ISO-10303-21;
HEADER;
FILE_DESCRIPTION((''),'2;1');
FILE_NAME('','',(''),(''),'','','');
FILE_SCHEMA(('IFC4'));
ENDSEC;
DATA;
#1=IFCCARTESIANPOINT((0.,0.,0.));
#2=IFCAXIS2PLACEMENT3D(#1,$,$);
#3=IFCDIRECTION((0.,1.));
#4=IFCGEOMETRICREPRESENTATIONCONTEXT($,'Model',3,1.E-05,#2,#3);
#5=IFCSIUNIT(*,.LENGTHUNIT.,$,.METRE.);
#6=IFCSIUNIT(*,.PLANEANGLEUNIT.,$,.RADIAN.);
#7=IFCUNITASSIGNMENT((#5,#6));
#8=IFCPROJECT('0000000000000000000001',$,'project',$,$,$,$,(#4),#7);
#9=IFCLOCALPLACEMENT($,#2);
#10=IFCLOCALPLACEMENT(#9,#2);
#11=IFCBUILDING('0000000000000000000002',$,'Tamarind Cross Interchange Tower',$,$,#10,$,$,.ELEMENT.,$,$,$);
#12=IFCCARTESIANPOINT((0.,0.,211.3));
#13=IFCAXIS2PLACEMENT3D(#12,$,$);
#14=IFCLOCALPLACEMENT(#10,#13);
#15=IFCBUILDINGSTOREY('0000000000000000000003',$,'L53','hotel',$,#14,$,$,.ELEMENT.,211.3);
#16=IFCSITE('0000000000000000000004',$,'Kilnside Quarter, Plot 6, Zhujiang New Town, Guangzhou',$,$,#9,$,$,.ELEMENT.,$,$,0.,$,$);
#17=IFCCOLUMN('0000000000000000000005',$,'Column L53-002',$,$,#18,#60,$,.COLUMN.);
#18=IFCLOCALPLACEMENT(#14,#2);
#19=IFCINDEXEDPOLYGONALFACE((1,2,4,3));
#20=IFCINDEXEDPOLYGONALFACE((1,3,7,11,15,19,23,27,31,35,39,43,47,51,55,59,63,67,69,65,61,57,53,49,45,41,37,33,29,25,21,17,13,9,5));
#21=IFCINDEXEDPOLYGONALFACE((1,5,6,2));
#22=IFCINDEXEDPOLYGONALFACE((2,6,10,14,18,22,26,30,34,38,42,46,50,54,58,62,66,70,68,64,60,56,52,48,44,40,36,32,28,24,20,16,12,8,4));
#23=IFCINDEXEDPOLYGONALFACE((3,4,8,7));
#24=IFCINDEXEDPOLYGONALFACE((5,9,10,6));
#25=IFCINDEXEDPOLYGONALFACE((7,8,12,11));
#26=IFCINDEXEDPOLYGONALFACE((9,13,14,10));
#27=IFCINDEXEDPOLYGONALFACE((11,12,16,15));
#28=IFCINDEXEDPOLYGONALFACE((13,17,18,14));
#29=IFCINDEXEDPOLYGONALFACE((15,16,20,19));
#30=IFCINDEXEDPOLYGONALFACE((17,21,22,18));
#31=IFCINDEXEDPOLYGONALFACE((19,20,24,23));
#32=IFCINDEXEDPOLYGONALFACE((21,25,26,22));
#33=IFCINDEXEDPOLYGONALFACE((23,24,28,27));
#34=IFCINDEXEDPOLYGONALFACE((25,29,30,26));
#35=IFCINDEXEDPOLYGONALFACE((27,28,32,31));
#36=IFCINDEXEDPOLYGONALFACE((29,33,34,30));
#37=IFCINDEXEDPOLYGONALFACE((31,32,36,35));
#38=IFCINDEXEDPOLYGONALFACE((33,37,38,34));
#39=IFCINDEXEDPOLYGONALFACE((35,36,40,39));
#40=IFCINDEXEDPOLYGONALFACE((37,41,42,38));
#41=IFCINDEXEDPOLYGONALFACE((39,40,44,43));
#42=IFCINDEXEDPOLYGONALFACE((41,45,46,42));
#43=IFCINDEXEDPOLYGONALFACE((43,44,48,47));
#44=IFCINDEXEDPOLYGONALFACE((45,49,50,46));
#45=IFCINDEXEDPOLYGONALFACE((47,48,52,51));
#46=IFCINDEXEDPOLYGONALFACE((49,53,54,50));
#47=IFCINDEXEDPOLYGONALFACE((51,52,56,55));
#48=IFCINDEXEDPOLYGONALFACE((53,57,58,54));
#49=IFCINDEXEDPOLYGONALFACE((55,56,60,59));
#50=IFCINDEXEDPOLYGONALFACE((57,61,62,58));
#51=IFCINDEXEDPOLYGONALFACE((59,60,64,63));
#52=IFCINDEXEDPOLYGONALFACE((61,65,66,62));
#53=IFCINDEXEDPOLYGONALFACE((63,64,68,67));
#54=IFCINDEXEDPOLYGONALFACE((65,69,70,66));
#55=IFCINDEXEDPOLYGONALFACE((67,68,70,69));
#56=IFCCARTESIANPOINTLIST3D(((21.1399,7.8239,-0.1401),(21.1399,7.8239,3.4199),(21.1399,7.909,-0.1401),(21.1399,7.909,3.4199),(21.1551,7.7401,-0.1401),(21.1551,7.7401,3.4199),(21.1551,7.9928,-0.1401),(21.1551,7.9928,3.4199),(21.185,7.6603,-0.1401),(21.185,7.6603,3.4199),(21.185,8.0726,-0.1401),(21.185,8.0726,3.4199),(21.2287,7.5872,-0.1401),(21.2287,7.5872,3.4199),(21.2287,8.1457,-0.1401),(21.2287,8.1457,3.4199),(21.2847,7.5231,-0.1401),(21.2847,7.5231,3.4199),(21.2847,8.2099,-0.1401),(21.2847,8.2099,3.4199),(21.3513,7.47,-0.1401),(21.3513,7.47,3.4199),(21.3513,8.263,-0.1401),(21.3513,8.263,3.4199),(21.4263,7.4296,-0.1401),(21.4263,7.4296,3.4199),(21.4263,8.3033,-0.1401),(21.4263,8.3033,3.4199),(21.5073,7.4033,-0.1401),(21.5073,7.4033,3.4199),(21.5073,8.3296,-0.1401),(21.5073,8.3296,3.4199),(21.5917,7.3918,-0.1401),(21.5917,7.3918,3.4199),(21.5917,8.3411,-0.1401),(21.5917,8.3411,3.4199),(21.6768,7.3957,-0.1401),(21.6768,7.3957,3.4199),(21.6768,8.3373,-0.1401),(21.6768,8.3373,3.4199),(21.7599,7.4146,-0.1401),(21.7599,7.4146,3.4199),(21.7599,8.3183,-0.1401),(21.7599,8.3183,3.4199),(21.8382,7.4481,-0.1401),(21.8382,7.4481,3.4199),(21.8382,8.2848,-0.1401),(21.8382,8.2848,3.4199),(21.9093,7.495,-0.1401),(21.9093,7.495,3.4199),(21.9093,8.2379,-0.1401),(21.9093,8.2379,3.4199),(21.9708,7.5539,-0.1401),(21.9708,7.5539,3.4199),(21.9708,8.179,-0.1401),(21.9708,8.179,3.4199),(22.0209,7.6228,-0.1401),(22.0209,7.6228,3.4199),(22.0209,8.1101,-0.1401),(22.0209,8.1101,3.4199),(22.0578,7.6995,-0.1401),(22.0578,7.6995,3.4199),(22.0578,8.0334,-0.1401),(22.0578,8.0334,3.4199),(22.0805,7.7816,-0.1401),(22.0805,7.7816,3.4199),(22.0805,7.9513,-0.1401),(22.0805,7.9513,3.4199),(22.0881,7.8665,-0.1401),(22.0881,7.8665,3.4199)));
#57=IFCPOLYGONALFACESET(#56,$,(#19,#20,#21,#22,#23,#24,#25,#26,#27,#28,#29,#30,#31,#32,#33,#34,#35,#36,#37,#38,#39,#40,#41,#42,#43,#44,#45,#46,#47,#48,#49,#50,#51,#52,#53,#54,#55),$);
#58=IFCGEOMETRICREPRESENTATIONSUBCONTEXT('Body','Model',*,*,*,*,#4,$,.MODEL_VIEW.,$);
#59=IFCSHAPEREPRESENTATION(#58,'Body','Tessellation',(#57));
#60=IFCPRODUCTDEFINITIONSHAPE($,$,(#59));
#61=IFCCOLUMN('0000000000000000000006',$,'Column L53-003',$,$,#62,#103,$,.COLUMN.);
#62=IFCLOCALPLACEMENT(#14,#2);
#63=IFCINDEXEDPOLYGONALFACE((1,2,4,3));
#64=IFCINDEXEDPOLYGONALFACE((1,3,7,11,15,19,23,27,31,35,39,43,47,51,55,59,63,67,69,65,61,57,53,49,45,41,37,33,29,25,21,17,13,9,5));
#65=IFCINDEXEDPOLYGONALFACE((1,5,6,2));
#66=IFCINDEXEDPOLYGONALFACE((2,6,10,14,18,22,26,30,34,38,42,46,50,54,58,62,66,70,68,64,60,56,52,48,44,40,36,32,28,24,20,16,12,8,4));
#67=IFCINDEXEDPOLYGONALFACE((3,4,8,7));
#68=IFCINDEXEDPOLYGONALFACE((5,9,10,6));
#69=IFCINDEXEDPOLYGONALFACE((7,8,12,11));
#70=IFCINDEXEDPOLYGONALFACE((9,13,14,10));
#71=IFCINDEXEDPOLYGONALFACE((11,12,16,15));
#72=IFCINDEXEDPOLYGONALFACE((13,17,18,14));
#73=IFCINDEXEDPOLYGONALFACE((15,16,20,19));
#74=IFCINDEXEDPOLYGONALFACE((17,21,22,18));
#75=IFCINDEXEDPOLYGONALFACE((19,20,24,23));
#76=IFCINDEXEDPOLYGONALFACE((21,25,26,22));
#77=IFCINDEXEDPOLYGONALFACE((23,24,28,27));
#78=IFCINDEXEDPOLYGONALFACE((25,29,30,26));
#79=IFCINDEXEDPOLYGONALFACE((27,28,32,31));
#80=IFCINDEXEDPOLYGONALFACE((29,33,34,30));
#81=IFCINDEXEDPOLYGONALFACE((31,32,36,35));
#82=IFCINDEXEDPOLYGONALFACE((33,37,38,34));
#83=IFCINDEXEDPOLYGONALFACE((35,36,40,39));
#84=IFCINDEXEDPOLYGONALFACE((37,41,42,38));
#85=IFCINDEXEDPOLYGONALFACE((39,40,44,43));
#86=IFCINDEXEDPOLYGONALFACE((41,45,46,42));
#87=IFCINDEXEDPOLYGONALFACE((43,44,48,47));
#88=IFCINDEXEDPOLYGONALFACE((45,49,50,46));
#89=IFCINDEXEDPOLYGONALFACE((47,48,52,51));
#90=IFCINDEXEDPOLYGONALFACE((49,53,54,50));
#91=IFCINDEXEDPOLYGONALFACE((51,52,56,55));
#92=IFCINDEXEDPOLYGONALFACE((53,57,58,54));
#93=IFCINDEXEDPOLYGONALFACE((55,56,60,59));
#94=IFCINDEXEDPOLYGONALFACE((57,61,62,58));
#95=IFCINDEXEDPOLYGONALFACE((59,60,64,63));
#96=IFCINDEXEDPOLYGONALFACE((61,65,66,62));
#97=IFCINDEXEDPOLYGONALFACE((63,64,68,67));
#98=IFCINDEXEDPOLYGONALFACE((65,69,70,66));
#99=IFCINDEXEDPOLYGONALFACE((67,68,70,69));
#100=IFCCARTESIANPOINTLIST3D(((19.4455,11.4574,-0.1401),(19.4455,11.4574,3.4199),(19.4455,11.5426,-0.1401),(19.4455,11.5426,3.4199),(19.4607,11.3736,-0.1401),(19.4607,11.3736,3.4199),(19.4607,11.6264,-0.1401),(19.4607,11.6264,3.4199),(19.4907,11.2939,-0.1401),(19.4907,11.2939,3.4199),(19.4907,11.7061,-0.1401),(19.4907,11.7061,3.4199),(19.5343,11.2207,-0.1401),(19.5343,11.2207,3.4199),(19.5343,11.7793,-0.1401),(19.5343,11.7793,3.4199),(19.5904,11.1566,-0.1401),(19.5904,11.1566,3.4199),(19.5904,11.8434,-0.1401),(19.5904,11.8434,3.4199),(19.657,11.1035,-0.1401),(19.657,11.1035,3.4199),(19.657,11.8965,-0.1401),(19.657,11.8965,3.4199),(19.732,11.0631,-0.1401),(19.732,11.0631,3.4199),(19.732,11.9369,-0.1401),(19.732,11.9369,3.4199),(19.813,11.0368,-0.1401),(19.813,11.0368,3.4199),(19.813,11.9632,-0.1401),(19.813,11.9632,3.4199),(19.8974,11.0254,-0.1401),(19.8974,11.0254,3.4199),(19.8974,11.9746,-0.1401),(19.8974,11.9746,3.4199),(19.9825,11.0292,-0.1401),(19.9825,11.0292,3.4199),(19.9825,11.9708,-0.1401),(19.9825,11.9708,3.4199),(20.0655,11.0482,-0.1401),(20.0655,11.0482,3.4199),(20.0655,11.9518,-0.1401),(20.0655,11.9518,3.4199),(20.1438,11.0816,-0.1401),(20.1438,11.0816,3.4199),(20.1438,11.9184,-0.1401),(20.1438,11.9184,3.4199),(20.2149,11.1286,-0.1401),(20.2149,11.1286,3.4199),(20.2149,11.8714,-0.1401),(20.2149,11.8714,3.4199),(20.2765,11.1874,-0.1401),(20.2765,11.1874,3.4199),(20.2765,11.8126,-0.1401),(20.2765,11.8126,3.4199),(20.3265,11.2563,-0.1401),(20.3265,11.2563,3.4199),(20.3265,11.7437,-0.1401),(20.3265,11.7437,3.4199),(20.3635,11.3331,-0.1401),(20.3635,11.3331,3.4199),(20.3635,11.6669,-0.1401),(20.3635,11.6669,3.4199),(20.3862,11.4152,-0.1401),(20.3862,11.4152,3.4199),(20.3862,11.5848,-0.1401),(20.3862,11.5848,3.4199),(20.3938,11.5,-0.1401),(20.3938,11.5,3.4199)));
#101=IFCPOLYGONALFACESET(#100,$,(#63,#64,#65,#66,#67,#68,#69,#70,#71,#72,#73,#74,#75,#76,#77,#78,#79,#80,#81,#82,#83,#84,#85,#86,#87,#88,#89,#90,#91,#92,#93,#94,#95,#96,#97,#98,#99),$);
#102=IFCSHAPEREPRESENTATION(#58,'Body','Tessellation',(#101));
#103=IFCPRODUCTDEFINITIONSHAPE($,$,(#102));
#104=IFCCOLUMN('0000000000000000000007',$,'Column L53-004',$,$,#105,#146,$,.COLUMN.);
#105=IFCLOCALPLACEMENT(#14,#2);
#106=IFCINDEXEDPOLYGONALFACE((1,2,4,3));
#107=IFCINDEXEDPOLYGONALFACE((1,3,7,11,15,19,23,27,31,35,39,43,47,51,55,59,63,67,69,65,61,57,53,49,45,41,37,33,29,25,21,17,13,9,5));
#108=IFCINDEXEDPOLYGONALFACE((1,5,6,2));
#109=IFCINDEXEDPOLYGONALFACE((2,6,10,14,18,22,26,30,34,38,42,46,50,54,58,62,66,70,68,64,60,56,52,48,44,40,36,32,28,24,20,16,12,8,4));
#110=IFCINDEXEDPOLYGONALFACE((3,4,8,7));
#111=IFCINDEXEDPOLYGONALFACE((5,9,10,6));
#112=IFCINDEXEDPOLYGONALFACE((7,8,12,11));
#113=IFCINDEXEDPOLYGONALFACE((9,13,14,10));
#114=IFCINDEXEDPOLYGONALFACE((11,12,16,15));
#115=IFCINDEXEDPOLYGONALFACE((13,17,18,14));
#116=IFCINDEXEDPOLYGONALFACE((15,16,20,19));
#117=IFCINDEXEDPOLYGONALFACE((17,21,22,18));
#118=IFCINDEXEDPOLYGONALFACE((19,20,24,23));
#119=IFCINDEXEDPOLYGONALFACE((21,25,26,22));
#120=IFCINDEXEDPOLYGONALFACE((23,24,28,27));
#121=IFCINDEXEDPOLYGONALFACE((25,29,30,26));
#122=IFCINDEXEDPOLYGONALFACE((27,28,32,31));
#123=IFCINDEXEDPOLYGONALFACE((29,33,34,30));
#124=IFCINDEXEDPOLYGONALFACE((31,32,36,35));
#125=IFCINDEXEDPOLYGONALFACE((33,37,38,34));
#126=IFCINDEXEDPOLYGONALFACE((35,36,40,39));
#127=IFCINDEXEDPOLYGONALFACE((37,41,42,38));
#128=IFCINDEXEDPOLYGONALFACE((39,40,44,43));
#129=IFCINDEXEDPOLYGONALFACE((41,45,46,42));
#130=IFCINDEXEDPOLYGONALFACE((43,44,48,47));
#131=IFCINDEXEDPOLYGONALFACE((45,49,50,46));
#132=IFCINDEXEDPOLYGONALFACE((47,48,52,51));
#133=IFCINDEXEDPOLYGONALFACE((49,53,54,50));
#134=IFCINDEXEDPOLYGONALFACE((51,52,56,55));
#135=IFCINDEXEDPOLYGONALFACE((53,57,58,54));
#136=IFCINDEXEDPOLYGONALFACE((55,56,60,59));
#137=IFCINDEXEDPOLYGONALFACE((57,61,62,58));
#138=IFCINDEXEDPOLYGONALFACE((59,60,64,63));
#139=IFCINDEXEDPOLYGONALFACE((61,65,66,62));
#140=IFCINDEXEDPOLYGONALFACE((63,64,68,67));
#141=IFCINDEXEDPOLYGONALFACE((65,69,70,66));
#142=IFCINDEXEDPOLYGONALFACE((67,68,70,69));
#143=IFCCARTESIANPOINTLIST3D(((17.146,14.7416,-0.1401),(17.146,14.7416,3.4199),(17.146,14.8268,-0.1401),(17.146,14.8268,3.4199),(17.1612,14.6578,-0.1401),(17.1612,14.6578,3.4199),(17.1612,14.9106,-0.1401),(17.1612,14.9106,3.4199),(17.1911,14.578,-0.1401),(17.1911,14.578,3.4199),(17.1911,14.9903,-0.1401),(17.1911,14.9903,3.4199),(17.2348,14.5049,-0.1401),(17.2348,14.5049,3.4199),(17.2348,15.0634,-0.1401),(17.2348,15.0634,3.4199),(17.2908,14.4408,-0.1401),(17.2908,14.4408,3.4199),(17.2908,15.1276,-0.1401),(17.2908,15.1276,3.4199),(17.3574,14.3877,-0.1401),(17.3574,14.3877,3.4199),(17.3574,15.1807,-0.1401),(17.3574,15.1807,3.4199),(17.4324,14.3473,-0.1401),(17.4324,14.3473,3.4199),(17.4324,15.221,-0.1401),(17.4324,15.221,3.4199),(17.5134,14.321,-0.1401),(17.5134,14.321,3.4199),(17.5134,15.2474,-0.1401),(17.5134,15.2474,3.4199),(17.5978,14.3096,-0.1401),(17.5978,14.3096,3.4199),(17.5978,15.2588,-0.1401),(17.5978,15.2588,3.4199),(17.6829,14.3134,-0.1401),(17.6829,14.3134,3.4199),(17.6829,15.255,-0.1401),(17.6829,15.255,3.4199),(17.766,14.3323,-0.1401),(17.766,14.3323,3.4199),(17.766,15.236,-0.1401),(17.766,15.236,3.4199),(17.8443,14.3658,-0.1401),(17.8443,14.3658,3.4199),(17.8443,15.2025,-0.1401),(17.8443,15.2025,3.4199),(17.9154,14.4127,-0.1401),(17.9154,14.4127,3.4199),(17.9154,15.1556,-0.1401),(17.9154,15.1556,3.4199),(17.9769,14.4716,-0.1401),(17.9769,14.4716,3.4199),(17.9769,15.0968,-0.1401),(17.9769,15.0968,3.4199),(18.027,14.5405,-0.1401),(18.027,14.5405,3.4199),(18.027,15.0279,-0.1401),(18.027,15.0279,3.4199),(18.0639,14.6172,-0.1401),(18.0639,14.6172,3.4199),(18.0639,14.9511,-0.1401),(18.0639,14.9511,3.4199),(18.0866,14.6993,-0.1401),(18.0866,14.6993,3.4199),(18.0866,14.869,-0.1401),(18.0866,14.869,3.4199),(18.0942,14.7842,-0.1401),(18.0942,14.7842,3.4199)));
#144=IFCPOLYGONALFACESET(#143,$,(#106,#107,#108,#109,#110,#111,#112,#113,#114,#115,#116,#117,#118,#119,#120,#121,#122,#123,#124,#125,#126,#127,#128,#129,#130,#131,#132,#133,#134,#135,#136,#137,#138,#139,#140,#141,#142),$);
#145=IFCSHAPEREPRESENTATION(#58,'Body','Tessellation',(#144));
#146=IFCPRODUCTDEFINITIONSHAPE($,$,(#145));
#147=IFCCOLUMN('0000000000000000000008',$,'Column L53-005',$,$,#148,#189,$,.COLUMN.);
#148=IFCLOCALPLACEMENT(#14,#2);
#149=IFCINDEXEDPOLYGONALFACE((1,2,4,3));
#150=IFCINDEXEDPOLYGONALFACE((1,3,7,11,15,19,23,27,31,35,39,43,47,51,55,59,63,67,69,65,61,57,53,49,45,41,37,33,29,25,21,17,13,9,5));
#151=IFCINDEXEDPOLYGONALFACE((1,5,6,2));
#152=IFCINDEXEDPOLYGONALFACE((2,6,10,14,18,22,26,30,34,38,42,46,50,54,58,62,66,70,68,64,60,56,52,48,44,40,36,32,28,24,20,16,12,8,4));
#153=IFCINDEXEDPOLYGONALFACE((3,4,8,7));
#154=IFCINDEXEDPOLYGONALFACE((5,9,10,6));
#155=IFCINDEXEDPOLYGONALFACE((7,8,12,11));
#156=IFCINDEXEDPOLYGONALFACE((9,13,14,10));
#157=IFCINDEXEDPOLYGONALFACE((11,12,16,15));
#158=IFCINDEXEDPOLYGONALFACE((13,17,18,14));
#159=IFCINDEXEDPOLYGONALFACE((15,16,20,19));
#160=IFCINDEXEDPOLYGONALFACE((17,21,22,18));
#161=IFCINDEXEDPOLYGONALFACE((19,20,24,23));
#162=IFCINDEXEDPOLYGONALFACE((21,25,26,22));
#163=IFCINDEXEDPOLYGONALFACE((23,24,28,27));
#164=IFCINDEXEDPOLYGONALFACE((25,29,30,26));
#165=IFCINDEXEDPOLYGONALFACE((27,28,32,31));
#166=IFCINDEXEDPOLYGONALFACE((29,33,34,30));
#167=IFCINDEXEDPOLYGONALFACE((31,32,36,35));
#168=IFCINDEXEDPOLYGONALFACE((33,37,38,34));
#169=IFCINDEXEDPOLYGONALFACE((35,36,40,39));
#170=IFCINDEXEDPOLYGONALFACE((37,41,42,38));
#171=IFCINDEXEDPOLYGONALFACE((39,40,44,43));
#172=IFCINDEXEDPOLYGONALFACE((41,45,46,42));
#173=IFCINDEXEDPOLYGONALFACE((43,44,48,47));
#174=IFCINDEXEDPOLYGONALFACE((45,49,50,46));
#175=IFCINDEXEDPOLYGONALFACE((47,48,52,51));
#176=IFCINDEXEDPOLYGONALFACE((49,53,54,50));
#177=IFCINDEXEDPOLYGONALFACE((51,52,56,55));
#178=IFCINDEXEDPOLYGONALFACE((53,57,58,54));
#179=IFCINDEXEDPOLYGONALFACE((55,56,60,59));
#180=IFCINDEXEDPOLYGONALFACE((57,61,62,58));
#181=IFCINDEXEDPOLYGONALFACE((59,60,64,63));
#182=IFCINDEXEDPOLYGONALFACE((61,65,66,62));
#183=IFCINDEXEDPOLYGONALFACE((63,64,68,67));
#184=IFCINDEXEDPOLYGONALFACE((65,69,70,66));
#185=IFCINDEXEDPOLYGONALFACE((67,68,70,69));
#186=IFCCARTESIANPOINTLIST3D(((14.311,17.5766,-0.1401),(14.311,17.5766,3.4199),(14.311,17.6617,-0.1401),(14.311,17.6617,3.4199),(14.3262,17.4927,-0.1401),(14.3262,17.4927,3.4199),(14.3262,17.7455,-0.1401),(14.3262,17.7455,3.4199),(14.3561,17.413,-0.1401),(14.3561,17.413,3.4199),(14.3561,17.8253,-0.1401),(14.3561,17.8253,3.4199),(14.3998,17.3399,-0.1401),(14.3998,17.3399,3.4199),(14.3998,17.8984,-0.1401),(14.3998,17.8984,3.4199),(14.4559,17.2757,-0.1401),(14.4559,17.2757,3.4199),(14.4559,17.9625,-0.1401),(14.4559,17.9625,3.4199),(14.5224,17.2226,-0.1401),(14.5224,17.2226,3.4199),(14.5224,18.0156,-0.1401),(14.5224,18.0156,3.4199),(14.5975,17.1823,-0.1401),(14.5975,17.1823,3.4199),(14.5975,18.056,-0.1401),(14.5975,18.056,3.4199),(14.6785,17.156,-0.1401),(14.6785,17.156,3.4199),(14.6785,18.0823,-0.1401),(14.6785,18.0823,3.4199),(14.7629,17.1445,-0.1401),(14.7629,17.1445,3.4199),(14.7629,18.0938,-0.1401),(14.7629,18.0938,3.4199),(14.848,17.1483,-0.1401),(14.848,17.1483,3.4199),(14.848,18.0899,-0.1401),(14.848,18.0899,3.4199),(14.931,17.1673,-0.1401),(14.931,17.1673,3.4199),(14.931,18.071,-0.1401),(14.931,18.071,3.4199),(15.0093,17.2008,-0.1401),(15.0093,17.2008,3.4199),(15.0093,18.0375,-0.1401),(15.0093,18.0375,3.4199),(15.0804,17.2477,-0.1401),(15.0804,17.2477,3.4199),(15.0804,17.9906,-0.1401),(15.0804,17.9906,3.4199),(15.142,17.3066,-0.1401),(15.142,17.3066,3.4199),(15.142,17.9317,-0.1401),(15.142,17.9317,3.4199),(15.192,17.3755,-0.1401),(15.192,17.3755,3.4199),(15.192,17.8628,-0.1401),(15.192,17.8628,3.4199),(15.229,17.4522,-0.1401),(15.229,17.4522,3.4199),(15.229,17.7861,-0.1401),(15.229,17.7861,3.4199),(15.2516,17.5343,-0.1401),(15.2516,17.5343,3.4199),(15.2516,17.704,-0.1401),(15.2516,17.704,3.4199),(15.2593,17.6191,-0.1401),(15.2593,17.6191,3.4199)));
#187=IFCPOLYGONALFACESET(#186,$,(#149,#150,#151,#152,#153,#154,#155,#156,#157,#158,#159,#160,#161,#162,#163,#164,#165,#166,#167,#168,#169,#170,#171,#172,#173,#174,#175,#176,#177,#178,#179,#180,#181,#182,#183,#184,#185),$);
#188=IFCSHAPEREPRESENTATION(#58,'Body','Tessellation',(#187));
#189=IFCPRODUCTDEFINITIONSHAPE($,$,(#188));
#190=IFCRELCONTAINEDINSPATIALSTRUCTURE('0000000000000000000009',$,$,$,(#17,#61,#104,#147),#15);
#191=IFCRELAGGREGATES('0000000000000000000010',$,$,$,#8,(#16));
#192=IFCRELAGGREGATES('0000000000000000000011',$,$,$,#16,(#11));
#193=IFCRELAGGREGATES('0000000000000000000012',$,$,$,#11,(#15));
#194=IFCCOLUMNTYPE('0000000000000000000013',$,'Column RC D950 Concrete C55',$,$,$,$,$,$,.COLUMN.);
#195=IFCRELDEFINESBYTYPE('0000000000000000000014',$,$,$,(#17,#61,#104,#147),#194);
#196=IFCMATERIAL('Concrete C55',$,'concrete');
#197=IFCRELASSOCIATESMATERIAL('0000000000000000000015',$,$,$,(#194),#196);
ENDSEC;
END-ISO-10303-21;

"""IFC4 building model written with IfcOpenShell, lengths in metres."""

from ifc_helpers import new_model, si_unit, direction, frame, origin, origin_2d, place, context, subcontext, project, spatial, circle, extrude, material, material_profile, profile_set, type_object, element, save


model = new_model("IFC4")

# Units and contexts
model_context = context("Model", 3, precision=1e-05, world=origin(), true_north=direction((0.0, 1.0)))
body_context = subcontext(model_context, "Body", "Model", "MODEL_VIEW")
ifc_project = project(units=[si_unit("LENGTHUNIT", "METRE"), si_unit("PLANEANGLEUNIT", "RADIAN")], contexts=[model_context])

# Site, building, storey
site_placement = place(None, origin())
site = spatial("IfcSite", under=ifc_project, at=site_placement, Name="Kilnside Quarter, Plot 6, Zhujiang New Town, Guangzhou", CompositionType="ELEMENT", RefElevation=0.0)
building_placement = place(site_placement, origin())
building = spatial("IfcBuilding", under=site, at=building_placement, Name="Tamarind Cross Interchange Tower", CompositionType="ELEMENT")
storey_placement = place(building_placement, frame((0.0, 0.0, 211.3)))
storey = spatial("IfcBuildingStorey", under=building, at=storey_placement, Name="L53", Description="hotel", CompositionType="ELEMENT", Elevation=211.3)

# Columns
ifc_material_1 = material(Name="Concrete C55", Category="concrete")
ifc_material_profile_1 = material_profile(ifc_material_1, circle(Radius=0.4751, at=origin_2d()), Name="RC D950")
ifc_profile_set_1 = profile_set([ifc_material_profile_1], Name="Concrete C55")
column_type = type_object("IfcColumnType", Name="Column RC D950 Concrete C55", PredefinedType="COLUMN", material=ifc_profile_set_1)
for number, where, z_axis, x_axis, name in (
    (1, (21.613, 7.8665, -0.1401), (0.0, 0.0, 1.0), (1.0, 0.0, 0.0), "Column L53-002"),
    (2, (19.9187, 11.5, -0.1401), (0.0, 0.0, 1.0), (1.0, 0.0, 0.0), "Column L53-003"),
    (3, (17.6191, 14.7842, -0.1401), (0.0, 0.0, 1.0), (1.0, 0.0, 0.0), "Column L53-004"),
    (4, (14.7842, 17.6191, -0.1401), (0.0, 0.0, 1.0), (1.0, 0.0, 0.0), "Column L53-005"),
):
    element("IfcColumn", number, at=place(storey_placement, frame(where, z_axis=z_axis, x_axis=x_axis)), inside=storey, type_object=column_type, Name=name, PredefinedType="COLUMN", context=body_context, shape_type="SweptSolid", body=[
        extrude(circle(Radius=0.4751, at=origin_2d()), origin(), (0.0, 0.0, 1.0), 3.5601),
    ])

save(model, "model.ifc")
